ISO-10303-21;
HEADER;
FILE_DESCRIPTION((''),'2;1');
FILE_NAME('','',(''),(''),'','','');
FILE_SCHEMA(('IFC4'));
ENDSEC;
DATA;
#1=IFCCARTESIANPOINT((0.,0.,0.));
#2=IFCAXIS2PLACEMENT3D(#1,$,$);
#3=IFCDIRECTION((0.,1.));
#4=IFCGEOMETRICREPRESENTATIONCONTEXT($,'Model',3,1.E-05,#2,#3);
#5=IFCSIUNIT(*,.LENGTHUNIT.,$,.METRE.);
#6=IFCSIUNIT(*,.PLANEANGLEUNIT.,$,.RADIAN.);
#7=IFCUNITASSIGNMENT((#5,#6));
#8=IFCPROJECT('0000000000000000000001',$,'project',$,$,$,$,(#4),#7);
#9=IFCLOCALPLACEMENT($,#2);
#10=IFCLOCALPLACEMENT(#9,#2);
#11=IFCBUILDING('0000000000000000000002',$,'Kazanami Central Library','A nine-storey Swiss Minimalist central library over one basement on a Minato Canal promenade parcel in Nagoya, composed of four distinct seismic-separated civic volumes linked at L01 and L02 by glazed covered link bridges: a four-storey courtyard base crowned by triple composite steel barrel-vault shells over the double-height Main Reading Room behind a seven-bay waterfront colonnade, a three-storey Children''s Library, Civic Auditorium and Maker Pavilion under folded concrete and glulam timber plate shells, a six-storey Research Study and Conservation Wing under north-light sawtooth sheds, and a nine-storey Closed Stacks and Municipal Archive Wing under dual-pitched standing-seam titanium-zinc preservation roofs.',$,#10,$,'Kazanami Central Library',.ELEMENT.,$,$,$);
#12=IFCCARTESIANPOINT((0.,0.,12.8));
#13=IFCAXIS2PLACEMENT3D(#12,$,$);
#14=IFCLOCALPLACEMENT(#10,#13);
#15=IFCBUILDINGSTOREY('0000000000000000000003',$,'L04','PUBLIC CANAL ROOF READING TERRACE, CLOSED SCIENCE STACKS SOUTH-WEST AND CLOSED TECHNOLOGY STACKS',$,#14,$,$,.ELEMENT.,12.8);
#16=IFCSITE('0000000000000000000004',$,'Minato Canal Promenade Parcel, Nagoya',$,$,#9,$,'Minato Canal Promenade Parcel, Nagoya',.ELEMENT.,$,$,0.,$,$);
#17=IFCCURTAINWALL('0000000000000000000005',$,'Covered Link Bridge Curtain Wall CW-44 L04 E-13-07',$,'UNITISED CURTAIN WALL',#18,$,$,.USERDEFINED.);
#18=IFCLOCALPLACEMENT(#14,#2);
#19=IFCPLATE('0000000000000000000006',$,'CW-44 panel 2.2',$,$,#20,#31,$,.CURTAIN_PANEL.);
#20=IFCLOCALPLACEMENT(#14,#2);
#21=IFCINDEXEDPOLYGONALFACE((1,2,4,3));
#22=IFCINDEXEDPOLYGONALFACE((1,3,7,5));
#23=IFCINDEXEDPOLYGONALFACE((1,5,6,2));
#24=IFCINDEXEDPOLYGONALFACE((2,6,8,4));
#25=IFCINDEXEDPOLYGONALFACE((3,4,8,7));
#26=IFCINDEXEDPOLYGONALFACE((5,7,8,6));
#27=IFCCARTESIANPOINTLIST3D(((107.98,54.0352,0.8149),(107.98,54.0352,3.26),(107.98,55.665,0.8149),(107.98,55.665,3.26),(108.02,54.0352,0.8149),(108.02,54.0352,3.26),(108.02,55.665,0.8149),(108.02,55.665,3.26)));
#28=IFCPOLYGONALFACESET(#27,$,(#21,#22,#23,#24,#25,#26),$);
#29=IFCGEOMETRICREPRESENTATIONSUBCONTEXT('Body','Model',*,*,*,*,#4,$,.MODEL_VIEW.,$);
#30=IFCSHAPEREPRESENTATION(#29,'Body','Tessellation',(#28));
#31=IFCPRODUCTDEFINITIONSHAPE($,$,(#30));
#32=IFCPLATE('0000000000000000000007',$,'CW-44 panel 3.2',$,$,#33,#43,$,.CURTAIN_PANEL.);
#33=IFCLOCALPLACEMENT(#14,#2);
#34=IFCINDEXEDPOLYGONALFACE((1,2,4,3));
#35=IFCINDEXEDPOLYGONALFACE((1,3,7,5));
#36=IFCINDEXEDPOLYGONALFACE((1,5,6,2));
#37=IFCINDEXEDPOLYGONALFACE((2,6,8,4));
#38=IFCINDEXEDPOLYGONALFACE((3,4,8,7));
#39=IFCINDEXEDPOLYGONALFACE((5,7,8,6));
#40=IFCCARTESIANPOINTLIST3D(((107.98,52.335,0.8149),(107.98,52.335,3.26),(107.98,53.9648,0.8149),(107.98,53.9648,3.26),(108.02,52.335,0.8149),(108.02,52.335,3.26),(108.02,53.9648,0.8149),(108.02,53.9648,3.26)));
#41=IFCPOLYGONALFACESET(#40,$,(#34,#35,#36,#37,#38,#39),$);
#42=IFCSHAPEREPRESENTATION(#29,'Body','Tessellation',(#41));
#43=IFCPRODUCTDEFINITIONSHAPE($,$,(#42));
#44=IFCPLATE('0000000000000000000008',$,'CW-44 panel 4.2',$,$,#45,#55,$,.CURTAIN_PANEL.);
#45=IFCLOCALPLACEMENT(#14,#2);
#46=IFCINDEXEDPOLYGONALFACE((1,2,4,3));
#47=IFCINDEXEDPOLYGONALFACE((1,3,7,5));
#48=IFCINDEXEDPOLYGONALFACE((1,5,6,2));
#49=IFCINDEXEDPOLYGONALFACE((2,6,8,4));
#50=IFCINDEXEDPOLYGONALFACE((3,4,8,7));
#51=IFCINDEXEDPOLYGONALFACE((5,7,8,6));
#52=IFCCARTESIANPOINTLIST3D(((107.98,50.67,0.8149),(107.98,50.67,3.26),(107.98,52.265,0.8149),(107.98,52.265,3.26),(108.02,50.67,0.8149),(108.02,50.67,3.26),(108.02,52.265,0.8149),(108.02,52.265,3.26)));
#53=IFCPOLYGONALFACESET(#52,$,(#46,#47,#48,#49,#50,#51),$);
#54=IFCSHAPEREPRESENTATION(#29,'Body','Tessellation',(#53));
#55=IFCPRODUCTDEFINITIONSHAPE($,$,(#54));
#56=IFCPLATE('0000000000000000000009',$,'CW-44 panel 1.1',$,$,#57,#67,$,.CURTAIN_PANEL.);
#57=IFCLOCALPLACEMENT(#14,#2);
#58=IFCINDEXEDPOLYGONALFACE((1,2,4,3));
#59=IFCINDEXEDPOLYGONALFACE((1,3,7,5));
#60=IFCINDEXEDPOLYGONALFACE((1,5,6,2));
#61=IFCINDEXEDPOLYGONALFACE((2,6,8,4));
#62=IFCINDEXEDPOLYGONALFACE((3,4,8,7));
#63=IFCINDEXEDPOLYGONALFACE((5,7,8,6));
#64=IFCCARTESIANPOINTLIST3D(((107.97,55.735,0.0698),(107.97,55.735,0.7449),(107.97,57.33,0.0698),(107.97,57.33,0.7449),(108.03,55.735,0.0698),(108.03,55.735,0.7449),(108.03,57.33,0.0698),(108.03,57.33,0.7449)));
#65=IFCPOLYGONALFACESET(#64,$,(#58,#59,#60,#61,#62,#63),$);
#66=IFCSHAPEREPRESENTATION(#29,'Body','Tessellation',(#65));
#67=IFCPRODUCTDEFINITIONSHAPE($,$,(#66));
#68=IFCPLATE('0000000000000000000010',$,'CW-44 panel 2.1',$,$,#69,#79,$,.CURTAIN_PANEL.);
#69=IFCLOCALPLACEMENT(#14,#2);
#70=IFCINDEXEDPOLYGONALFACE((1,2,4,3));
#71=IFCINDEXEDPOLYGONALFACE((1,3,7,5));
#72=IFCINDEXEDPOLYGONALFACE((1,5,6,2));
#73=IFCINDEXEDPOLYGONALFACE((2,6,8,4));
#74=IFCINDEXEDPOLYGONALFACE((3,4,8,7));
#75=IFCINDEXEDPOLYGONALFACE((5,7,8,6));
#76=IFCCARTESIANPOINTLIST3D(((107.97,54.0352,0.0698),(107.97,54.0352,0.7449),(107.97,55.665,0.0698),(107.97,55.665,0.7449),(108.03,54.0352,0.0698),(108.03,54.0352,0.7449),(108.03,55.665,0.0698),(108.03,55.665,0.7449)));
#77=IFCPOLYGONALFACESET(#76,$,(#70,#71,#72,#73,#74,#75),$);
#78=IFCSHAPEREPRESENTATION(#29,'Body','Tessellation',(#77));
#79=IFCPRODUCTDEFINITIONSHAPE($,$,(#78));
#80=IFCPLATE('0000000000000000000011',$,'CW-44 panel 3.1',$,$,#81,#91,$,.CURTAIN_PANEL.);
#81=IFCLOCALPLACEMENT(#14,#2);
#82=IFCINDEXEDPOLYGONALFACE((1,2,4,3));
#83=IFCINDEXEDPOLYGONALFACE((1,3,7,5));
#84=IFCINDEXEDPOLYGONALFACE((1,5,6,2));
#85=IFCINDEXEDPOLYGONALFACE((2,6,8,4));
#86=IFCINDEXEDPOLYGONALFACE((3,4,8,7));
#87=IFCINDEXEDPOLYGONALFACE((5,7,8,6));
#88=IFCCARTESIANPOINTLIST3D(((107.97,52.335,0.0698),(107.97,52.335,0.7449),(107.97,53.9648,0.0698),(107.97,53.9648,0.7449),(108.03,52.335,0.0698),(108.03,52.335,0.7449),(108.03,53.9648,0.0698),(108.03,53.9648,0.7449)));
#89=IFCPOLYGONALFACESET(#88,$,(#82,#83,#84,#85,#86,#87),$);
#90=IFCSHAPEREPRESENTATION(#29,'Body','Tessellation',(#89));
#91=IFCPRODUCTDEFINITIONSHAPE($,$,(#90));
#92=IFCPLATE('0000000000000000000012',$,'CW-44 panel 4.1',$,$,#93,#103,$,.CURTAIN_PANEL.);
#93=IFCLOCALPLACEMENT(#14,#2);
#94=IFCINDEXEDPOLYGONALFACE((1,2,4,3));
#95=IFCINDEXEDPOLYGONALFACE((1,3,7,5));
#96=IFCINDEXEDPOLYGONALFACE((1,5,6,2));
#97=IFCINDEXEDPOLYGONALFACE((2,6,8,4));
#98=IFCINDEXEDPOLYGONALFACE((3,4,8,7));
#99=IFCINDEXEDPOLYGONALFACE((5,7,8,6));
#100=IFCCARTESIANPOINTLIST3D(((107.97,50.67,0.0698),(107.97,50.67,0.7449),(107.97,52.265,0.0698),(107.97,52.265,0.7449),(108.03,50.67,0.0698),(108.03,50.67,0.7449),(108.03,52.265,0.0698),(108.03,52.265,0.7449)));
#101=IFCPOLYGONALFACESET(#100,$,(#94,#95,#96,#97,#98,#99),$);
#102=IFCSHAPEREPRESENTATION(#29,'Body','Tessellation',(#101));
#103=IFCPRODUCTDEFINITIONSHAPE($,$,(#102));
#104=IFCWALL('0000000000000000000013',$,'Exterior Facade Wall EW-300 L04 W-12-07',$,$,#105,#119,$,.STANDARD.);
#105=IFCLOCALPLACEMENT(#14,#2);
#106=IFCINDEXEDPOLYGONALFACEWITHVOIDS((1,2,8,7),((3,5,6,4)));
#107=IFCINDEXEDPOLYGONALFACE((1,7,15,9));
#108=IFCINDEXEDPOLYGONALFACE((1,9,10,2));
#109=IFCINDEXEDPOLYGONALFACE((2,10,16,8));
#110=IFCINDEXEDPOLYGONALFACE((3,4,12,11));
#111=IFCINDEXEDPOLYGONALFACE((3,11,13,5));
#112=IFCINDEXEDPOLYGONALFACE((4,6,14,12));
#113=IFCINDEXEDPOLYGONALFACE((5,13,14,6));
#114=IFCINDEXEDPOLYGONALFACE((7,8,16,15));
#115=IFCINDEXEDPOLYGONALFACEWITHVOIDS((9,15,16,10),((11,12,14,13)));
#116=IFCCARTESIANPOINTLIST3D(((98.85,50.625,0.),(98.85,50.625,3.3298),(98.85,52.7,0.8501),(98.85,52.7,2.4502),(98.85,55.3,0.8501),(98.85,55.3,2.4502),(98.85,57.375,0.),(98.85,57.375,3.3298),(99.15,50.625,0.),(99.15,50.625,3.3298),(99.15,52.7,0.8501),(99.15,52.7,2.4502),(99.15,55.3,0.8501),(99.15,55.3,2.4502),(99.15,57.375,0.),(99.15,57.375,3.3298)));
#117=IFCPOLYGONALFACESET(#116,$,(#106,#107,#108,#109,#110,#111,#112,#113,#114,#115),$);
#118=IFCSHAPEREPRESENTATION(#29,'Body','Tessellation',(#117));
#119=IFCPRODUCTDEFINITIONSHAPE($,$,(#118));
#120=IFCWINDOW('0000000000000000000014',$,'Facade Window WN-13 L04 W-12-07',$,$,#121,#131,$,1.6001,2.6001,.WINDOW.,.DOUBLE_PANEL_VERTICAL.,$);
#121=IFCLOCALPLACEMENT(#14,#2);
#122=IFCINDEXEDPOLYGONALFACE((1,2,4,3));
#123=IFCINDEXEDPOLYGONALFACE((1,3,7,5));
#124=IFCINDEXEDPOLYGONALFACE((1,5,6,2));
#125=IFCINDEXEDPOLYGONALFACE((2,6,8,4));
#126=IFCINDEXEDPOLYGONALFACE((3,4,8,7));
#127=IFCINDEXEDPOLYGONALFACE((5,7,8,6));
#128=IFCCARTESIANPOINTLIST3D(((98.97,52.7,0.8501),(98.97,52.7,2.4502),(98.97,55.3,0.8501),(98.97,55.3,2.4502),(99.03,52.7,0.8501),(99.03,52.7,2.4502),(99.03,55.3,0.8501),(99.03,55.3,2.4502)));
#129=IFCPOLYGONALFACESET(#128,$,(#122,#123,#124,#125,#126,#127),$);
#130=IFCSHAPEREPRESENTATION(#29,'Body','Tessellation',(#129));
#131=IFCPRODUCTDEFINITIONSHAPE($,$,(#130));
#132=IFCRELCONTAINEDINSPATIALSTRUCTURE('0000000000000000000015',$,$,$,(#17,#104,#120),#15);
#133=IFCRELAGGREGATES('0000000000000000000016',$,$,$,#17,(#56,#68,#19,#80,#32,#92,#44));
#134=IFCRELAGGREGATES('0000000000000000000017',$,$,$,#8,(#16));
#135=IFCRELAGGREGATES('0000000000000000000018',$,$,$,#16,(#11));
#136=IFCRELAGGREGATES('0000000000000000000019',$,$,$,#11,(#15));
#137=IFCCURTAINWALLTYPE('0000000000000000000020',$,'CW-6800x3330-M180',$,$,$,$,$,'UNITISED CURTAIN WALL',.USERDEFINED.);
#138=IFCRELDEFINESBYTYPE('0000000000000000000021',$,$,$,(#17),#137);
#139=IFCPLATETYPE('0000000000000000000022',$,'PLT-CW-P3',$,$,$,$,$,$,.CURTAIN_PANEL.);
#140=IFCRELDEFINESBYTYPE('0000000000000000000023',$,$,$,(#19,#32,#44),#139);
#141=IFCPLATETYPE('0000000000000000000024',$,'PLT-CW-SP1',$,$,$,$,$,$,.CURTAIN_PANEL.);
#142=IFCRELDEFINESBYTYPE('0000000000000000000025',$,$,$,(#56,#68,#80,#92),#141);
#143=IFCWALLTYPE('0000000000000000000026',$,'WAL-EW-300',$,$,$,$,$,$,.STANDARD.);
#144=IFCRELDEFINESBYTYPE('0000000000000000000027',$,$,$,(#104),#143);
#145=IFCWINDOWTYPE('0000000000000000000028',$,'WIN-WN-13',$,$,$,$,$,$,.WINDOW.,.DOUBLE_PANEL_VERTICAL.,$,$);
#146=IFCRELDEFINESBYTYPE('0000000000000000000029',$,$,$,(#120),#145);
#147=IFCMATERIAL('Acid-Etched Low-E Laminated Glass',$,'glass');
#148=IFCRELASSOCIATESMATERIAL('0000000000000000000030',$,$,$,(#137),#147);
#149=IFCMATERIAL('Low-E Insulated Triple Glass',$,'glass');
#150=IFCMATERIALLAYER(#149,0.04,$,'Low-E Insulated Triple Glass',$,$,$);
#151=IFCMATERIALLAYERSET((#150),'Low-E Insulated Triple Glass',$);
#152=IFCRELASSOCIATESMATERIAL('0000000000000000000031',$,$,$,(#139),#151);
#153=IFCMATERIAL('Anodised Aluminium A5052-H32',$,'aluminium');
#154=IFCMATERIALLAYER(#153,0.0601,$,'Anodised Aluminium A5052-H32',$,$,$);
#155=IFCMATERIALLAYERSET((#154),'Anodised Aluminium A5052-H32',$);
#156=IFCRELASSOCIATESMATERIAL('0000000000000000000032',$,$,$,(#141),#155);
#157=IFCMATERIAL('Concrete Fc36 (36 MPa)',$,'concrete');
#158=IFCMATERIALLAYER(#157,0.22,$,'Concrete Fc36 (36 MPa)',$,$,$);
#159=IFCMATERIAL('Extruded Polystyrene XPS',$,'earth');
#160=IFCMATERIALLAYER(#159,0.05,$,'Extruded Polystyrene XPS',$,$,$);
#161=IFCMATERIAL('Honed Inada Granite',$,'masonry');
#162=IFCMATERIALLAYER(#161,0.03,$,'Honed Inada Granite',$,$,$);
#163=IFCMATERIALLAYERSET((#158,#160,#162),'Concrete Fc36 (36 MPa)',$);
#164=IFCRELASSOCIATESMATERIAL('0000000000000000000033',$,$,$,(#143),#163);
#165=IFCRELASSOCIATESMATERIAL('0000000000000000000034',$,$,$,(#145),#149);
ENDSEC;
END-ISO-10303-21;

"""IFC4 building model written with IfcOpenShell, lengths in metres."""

from ifc_helpers import new_model, si_unit, direction, frame, frame_2d, origin, origin_2d, place, context, subcontext, project, spatial, rectangle, extrude, material, layer, layer_set, type_object, element, fill, aggregate, save


model = new_model("IFC4")

# Units and contexts
model_context = context("Model", 3, precision=1e-05, world=origin(), true_north=direction((0.0, 1.0)))
body_context = subcontext(model_context, "Body", "Model", "MODEL_VIEW")
ifc_project = project(units=[si_unit("LENGTHUNIT", "METRE"), si_unit("PLANEANGLEUNIT", "RADIAN")], contexts=[model_context])

# Site, building, storey
site_placement = place(None, origin())
site = spatial("IfcSite", under=ifc_project, at=site_placement, Name="Minato Canal Promenade Parcel, Nagoya", LongName="Minato Canal Promenade Parcel, Nagoya", CompositionType="ELEMENT", RefElevation=0.0)
building_placement = place(site_placement, origin())
building = spatial("IfcBuilding", under=site, at=building_placement, Name="Kazanami Central Library", Description="A nine-storey Swiss Minimalist central library over one basement on a Minato Canal promenade parcel in Nagoya, composed of four distinct seismic-separated civic volumes linked at L01 and L02 by glazed covered link bridges: a four-storey courtyard base crowned by triple composite steel barrel-vault shells over the double-height Main Reading Room behind a seven-bay waterfront colonnade, a three-storey Children's Library, Civic Auditorium and Maker Pavilion under folded concrete and glulam timber plate shells, a six-storey Research Study and Conservation Wing under north-light sawtooth sheds, and a nine-storey Closed Stacks and Municipal Archive Wing under dual-pitched standing-seam titanium-zinc preservation roofs.", LongName="Kazanami Central Library", CompositionType="ELEMENT")
storey_placement = place(building_placement, frame((0.0, 0.0, 12.8)))
storey = spatial("IfcBuildingStorey", under=building, at=storey_placement, Name="L04", Description="PUBLIC CANAL ROOF READING TERRACE, CLOSED SCIENCE STACKS SOUTH-WEST AND CLOSED TECHNOLOGY STACKS", CompositionType="ELEMENT", Elevation=12.8)

# Curtain wall, plates
ifc_material_1 = material(Name="Acid-Etched Low-E Laminated Glass", Category="glass")
curtain_wall_type = type_object("IfcCurtainWallType", Name="CW-6800x3330-M180", ElementType="UNITISED CURTAIN WALL", PredefinedType="USERDEFINED", material=ifc_material_1)
curtain_wall_placement = place(storey_placement, origin())
curtain_wall = element("IfcCurtainWall", 1, at=curtain_wall_placement, inside=storey, type_object=curtain_wall_type, Name="Covered Link Bridge Curtain Wall CW-44 L04 E-13-07", ObjectType="UNITISED CURTAIN WALL", PredefinedType="USERDEFINED")
ifc_material_2 = material(Name="Low-E Insulated Triple Glass", Category="glass")
ifc_layer_1 = layer(ifc_material_2, 0.04, Name="Low-E Insulated Triple Glass")
ifc_layer_set_1 = layer_set([ifc_layer_1], Name="Low-E Insulated Triple Glass")
plate_type_1 = type_object("IfcPlateType", Name="PLT-CW-P3", PredefinedType="CURTAIN_PANEL", material=ifc_layer_set_1)
plate_1_placement = place(storey_placement, frame((108.0, 54.8501, 0.8149), z_axis=(0.0, 0.0, 1.0), x_axis=(0.0, -1.0, 0.0)))
plate_1 = element("IfcPlate", 2, at=plate_1_placement, type_object=plate_type_1, Name="CW-44 panel 2.2", PredefinedType="CURTAIN_PANEL", context=body_context, shape_type="SweptSolid", body=[
    extrude(rectangle(XDim=1.6299, YDim=0.04, at=origin_2d()), origin(), (0.0, 0.0, 1.0), 2.4451),
])
plate_2_placement = place(storey_placement, frame((108.0, 53.1499, 0.8149), z_axis=(0.0, 0.0, 1.0), x_axis=(0.0, -1.0, 0.0)))
plate_2 = element("IfcPlate", 3, at=plate_2_placement, type_object=plate_type_1, Name="CW-44 panel 3.2", PredefinedType="CURTAIN_PANEL", context=body_context, shape_type="SweptSolid", body=[
    extrude(rectangle(XDim=1.6299, YDim=0.04, at=origin_2d()), origin(), (0.0, 0.0, 1.0), 2.4451),
])
plate_3_placement = place(storey_placement, frame((108.0, 51.4675, 0.8149), z_axis=(0.0, 0.0, 1.0), x_axis=(0.0, -1.0, 0.0)))
plate_3 = element("IfcPlate", 4, at=plate_3_placement, type_object=plate_type_1, Name="CW-44 panel 4.2", PredefinedType="CURTAIN_PANEL", context=body_context, shape_type="SweptSolid", body=[
    extrude(rectangle(XDim=1.595, YDim=0.04, at=origin_2d()), origin(), (0.0, 0.0, 1.0), 2.4451),
])
ifc_material_3 = material(Name="Anodised Aluminium A5052-H32", Category="aluminium")
ifc_layer_2 = layer(ifc_material_3, 0.0601, Name="Anodised Aluminium A5052-H32")
ifc_layer_set_2 = layer_set([ifc_layer_2], Name="Anodised Aluminium A5052-H32")
plate_type_2 = type_object("IfcPlateType", Name="PLT-CW-SP1", PredefinedType="CURTAIN_PANEL", material=ifc_layer_set_2)
plate_4_placement = place(storey_placement, frame((108.0, 56.5325, 0.0698), z_axis=(0.0, 0.0, 1.0), x_axis=(0.0, -1.0, 0.0)))
plate_4 = element("IfcPlate", 5, at=plate_4_placement, type_object=plate_type_2, Name="CW-44 panel 1.1", PredefinedType="CURTAIN_PANEL", context=body_context, shape_type="SweptSolid", body=[
    extrude(rectangle(XDim=1.595, YDim=0.0601, at=origin_2d()), origin(), (0.0, 0.0, 1.0), 0.675),
])
plate_5_placement = place(storey_placement, frame((108.0, 54.8501, 0.0698), z_axis=(0.0, 0.0, 1.0), x_axis=(0.0, -1.0, 0.0)))
plate_5 = element("IfcPlate", 6, at=plate_5_placement, type_object=plate_type_2, Name="CW-44 panel 2.1", PredefinedType="CURTAIN_PANEL", context=body_context, shape_type="SweptSolid", body=[
    extrude(rectangle(XDim=1.6299, YDim=0.0601, at=origin_2d()), origin(), (0.0, 0.0, 1.0), 0.675),
])
plate_6_placement = place(storey_placement, frame((108.0, 53.1499, 0.0698), z_axis=(0.0, 0.0, 1.0), x_axis=(0.0, -1.0, 0.0)))
plate_6 = element("IfcPlate", 7, at=plate_6_placement, type_object=plate_type_2, Name="CW-44 panel 3.1", PredefinedType="CURTAIN_PANEL", context=body_context, shape_type="SweptSolid", body=[
    extrude(rectangle(XDim=1.6299, YDim=0.0601, at=origin_2d()), origin(), (0.0, 0.0, 1.0), 0.675),
])
plate_7_placement = place(storey_placement, frame((108.0, 51.4675, 0.0698), z_axis=(0.0, 0.0, 1.0), x_axis=(0.0, -1.0, 0.0)))
plate_7 = element("IfcPlate", 8, at=plate_7_placement, type_object=plate_type_2, Name="CW-44 panel 4.1", PredefinedType="CURTAIN_PANEL", context=body_context, shape_type="SweptSolid", body=[
    extrude(rectangle(XDim=1.595, YDim=0.0601, at=origin_2d()), origin(), (0.0, 0.0, 1.0), 0.675),
])
aggregate(curtain_wall, [plate_4, plate_5, plate_1, plate_6, plate_2, plate_7, plate_3])

# Wall, opening, window
ifc_material_4 = material(Name="Concrete Fc36 (36 MPa)", Category="concrete")
ifc_layer_3 = layer(ifc_material_4, 0.22, Name="Concrete Fc36 (36 MPa)")
ifc_material_5 = material(Name="Extruded Polystyrene XPS", Category="earth")
ifc_layer_4 = layer(ifc_material_5, 0.05, Name="Extruded Polystyrene XPS")
ifc_material_6 = material(Name="Honed Inada Granite", Category="masonry")
ifc_layer_5 = layer(ifc_material_6, 0.03, Name="Honed Inada Granite")
ifc_layer_set_3 = layer_set([ifc_layer_3, ifc_layer_4, ifc_layer_5], Name="Concrete Fc36 (36 MPa)")
wall_type = type_object("IfcWallType", Name="WAL-EW-300", PredefinedType="STANDARD", material=ifc_layer_set_3)
wall_placement = place(storey_placement, frame((99.0, 50.625, 0.0), z_axis=(0.0, 0.0, 1.0), x_axis=(0.0, 1.0, 0.0)))
wall = element("IfcWall", 9, at=wall_placement, inside=storey, type_object=wall_type, Name="Exterior Facade Wall EW-300 L04 W-12-07", PredefinedType="STANDARD", context=body_context, shape_type="SweptSolid", body=[
    extrude(rectangle(XDim=6.75, YDim=0.3, at=frame_2d((3.375, 0.0))), origin(), (0.0, 0.0, 1.0), 3.3298),
])
opening_placement = place(wall_placement, frame((2.075, 0.0, 0.8501)))
opening = element("IfcOpeningElement", 10, at=opening_placement, cuts=wall, PredefinedType="OPENING", context=body_context, shape_type="SweptSolid", body=[
    extrude(rectangle(XDim=2.6001, YDim=1.6001, at=frame_2d((1.3, 0.8))), frame((0.0, 0.1621, 0.0), z_axis=(0.0, -1.0, 0.0), x_axis=(1.0, 0.0, 0.0)), (0.0, 0.0, 1.0), 0.324),
])
window_type = type_object("IfcWindowType", Name="WIN-WN-13", PartitioningType="DOUBLE_PANEL_VERTICAL", PredefinedType="WINDOW", material=ifc_material_2)
window_placement = place(opening_placement, origin())
window = element("IfcWindow", 11, at=window_placement, inside=storey, type_object=window_type, Name="Facade Window WN-13 L04 W-12-07", OverallHeight=1.6001, OverallWidth=2.6001, PartitioningType="DOUBLE_PANEL_VERTICAL", PredefinedType="WINDOW", context=body_context, shape_type="SweptSolid", body=[
    extrude(rectangle(XDim=2.6001, YDim=1.6001, at=frame_2d((1.3, 0.8))), frame((0.0, 0.03, 0.0), z_axis=(0.0, -1.0, 0.0), x_axis=(1.0, 0.0, 0.0)), (0.0, 0.0, 1.0), 0.0601),
])
fill(opening, window)

save(model, "model.ifc")
